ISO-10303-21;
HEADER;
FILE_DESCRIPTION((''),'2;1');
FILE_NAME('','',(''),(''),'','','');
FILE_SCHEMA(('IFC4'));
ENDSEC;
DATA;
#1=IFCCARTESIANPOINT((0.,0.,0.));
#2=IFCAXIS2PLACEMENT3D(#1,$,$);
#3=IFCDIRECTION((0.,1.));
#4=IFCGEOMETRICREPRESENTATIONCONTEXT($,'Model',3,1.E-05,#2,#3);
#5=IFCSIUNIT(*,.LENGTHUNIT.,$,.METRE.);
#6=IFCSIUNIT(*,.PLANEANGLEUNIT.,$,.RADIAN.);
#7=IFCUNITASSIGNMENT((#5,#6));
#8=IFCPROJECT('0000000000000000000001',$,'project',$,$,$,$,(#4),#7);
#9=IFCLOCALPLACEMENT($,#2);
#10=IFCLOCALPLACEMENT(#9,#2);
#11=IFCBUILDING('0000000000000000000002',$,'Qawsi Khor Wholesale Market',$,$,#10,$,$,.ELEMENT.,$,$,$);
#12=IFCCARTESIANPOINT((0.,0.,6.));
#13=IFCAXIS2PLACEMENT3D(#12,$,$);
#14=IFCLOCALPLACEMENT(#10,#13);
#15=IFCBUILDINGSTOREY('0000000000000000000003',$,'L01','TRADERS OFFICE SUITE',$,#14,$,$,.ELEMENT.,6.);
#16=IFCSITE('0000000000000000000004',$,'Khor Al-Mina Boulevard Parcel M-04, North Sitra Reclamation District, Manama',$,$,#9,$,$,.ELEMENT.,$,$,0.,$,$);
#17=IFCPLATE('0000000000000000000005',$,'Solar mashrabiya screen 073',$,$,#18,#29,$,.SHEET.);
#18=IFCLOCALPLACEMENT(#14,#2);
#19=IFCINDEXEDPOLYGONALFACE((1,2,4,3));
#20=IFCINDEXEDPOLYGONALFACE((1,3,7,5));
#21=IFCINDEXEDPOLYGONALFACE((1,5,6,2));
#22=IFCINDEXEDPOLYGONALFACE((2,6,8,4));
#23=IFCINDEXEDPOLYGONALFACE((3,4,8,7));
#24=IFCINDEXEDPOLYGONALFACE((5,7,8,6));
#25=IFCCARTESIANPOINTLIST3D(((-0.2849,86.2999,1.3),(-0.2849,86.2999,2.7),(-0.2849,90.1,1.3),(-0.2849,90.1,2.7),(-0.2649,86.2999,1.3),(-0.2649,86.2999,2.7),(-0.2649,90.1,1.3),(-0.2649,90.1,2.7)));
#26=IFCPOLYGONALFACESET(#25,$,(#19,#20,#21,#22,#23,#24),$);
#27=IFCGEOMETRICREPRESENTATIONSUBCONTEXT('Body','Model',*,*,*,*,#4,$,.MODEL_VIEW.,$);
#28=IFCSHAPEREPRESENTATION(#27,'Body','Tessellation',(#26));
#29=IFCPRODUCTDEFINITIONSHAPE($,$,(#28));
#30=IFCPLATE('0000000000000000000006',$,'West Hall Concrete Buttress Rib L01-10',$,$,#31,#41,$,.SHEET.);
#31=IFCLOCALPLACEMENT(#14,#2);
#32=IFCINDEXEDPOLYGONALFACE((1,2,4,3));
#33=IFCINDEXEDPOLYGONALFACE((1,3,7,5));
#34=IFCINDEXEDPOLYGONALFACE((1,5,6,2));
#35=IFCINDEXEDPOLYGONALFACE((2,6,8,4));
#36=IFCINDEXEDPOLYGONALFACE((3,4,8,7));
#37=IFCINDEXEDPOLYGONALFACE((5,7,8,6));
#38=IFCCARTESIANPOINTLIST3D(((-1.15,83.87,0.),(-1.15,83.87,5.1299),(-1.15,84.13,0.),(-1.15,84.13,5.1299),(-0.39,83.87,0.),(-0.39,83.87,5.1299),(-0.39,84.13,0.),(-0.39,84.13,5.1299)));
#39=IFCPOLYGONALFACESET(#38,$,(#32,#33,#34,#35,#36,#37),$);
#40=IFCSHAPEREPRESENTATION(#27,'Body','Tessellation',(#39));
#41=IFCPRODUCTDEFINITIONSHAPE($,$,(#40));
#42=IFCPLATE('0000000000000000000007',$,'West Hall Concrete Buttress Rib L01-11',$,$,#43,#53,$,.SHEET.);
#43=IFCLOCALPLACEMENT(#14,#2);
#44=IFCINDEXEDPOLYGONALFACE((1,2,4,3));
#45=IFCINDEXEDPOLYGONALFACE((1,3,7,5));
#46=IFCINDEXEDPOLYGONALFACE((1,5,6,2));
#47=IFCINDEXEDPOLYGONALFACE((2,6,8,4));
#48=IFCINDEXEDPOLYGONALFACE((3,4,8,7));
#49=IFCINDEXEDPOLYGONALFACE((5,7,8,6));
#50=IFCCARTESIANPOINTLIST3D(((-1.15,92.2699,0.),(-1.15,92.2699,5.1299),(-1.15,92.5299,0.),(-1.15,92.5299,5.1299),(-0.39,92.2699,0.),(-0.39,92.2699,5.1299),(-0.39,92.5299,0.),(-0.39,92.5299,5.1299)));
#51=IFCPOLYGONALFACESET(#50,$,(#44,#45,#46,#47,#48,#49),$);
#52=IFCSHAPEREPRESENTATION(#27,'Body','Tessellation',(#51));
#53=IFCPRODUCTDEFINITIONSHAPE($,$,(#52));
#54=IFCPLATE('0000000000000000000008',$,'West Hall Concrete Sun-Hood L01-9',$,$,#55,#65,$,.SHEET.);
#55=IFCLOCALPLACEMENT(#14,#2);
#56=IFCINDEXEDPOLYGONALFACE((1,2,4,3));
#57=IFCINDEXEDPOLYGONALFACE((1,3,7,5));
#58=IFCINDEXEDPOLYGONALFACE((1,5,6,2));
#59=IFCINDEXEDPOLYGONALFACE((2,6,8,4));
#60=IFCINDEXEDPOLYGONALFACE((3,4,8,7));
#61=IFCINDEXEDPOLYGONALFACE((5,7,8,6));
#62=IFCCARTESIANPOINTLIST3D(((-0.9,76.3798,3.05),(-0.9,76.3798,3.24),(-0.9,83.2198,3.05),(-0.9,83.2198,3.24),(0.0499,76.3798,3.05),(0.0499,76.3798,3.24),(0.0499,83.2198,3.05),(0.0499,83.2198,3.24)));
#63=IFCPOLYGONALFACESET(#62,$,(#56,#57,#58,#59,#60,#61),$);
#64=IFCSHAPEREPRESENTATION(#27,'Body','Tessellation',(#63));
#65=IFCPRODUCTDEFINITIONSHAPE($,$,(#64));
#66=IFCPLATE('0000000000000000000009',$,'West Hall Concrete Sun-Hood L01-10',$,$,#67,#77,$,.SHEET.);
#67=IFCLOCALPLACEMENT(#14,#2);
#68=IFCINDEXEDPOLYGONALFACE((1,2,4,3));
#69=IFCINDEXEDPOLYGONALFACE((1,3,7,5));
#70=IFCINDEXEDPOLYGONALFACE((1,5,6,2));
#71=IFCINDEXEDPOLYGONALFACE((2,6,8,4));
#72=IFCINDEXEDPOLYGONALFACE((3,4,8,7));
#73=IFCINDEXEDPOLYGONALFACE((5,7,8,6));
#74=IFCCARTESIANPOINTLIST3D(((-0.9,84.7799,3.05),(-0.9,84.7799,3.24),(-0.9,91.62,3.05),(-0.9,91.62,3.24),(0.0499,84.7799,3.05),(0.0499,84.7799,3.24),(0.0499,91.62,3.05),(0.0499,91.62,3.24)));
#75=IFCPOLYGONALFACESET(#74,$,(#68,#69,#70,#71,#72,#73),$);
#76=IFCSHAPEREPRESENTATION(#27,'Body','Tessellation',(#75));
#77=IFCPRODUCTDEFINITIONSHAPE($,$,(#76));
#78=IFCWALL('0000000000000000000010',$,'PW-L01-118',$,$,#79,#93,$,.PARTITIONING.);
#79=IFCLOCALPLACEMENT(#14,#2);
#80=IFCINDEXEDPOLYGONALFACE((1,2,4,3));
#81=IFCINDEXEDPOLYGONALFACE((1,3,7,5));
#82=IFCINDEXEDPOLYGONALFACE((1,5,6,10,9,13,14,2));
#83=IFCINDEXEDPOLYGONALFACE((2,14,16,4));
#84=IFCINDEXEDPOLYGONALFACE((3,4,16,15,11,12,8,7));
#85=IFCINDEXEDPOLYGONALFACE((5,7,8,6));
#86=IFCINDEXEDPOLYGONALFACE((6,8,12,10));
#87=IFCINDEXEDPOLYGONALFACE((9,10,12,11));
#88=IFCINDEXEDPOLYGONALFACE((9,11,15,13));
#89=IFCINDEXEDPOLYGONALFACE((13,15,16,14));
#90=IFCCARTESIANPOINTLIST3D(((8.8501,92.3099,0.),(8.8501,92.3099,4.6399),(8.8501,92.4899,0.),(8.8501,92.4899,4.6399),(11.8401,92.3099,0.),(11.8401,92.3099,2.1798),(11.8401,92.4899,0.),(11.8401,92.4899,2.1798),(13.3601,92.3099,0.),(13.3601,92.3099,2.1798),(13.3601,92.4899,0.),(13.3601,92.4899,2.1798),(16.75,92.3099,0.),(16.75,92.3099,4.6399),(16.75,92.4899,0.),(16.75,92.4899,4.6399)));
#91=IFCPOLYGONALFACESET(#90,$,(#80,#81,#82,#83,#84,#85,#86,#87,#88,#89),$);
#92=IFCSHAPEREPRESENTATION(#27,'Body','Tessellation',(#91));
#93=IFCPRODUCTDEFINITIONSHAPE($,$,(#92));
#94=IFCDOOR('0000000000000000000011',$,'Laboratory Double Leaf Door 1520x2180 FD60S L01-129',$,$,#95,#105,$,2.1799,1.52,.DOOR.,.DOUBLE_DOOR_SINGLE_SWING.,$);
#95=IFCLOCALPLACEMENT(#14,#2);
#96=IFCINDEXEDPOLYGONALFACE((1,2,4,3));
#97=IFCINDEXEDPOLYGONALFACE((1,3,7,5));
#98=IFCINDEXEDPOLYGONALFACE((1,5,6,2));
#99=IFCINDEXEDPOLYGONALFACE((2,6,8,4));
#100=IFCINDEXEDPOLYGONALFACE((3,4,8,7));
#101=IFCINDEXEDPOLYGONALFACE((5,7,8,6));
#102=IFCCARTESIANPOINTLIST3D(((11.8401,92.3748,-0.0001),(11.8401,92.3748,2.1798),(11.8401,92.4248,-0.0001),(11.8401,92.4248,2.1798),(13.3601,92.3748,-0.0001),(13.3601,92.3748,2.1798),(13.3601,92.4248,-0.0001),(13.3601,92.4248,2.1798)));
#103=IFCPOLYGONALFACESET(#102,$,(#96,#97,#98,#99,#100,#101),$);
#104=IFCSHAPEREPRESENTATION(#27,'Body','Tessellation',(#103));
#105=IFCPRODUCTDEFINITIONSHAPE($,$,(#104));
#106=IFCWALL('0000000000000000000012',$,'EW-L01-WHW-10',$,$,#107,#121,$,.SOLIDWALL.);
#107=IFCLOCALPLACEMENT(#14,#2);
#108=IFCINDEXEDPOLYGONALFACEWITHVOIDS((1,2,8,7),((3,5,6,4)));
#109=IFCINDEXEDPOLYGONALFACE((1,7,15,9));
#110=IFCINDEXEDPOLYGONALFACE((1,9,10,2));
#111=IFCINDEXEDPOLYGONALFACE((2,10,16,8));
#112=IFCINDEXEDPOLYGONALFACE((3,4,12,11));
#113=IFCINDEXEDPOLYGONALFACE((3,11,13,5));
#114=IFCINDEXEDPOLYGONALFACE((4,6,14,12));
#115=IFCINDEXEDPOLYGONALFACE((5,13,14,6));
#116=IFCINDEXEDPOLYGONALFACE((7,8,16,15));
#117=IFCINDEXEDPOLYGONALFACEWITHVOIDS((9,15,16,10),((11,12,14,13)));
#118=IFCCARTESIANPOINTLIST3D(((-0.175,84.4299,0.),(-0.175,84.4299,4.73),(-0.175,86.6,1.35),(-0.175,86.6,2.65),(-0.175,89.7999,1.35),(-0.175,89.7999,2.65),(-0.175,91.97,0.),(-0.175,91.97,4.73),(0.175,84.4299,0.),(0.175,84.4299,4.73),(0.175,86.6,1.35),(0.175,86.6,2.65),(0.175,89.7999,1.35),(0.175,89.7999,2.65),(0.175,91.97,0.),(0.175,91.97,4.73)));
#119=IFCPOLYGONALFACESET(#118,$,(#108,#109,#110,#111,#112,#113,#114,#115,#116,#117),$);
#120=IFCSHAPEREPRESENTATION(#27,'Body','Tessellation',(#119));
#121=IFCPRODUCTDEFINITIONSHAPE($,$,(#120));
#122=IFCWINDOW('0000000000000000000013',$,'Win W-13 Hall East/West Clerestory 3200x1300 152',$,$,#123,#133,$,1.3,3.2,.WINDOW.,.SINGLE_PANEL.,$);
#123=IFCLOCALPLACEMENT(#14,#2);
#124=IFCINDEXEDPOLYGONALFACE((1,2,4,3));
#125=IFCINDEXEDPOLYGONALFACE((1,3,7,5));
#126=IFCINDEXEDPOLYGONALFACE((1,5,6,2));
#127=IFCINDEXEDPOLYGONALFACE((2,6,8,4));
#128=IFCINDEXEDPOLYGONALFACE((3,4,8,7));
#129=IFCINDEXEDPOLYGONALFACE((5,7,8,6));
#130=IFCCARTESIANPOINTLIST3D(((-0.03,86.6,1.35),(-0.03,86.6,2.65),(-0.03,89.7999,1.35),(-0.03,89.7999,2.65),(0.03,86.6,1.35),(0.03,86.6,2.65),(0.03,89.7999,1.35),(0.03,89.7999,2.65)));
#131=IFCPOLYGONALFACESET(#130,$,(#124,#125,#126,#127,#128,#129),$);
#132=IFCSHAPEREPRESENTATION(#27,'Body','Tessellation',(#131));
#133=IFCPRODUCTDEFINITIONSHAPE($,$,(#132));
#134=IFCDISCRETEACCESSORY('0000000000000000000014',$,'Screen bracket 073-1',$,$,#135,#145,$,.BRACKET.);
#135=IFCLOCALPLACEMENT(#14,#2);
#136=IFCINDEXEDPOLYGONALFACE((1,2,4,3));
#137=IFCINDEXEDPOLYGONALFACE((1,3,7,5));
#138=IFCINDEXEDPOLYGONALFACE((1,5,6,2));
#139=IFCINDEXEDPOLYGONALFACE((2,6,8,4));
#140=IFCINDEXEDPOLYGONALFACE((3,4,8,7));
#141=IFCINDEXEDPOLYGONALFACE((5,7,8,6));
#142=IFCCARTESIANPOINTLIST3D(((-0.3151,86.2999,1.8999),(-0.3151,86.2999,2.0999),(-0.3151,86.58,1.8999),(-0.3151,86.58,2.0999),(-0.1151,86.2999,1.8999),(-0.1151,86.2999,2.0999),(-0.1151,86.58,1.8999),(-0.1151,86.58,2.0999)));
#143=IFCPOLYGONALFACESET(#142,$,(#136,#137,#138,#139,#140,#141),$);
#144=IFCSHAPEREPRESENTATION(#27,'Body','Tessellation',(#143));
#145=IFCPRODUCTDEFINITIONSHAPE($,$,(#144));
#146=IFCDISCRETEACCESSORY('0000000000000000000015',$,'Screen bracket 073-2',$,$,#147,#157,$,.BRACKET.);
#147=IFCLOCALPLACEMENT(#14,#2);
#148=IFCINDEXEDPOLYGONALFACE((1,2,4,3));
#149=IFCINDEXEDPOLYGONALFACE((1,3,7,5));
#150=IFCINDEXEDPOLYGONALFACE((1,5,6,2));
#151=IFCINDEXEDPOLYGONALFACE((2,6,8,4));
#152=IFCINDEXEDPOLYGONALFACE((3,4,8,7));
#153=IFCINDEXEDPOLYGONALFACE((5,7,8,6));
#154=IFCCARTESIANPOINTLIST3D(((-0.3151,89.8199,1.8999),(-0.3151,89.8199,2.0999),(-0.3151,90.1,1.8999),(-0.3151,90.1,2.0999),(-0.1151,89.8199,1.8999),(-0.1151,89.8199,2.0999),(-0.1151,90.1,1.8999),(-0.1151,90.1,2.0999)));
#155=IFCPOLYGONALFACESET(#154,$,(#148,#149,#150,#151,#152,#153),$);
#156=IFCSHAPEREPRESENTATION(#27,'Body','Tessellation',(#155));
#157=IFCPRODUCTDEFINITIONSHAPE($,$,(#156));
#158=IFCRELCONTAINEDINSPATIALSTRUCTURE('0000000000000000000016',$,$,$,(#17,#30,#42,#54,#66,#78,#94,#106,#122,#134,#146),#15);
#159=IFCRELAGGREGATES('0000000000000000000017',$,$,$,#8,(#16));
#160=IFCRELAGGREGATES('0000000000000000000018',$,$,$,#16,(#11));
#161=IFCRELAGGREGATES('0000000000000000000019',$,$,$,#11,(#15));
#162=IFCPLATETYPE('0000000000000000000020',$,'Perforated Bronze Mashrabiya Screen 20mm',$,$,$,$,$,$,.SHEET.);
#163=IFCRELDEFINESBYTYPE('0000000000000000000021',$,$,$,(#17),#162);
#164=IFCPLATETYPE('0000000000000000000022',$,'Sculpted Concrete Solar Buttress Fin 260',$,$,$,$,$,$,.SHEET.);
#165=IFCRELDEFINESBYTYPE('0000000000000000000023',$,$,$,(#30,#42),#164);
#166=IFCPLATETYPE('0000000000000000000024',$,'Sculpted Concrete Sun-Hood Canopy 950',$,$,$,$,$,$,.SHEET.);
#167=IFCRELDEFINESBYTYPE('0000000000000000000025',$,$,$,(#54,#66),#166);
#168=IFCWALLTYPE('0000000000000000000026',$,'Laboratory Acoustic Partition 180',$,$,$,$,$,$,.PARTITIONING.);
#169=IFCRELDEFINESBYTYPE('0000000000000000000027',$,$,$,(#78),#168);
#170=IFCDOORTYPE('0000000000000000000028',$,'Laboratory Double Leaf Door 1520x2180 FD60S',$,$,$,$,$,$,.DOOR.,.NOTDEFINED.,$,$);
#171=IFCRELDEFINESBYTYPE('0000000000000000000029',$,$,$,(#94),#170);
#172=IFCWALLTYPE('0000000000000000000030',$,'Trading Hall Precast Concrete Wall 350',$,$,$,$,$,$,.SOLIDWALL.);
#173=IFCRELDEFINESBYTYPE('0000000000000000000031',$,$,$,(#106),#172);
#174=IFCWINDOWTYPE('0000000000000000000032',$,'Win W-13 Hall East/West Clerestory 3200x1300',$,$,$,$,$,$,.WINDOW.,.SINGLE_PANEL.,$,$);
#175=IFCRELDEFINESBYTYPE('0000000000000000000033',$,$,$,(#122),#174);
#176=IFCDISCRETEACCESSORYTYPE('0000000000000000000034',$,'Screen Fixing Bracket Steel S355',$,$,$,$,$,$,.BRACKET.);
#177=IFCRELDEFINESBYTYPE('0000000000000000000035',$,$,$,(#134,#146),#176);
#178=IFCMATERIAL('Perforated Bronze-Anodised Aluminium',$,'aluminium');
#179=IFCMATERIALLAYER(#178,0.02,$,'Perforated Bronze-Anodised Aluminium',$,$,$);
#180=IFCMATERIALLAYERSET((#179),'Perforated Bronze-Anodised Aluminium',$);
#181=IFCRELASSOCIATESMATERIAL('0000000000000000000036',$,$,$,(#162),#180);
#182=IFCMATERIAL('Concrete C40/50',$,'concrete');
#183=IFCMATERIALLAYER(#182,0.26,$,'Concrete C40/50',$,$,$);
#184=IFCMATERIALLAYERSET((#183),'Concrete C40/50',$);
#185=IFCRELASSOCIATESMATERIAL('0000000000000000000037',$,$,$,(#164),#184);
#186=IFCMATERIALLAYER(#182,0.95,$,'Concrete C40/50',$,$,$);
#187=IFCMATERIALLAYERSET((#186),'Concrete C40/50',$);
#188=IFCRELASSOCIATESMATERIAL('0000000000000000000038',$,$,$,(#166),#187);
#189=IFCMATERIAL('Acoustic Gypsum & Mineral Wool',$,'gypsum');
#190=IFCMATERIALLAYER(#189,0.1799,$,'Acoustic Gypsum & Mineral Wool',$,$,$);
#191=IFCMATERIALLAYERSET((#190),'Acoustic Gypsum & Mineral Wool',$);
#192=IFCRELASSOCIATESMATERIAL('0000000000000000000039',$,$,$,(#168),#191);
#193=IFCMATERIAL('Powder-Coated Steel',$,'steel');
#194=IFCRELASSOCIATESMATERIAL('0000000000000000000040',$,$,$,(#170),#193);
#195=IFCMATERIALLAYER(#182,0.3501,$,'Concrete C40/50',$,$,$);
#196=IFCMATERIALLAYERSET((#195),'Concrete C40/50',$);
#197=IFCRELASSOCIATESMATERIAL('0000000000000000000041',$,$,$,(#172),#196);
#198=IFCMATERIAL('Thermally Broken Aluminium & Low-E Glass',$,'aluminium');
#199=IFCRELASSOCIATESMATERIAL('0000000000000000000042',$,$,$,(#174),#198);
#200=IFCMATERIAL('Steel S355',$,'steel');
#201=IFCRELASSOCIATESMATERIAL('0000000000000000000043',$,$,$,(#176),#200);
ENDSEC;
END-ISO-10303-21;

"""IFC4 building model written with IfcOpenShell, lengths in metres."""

from ifc_helpers import new_model, si_unit, direction, frame, frame_2d, origin, origin_2d, place, context, subcontext, project, spatial, rectangle, extrude, material, layer, layer_set, type_object, element, fill, save


model = new_model("IFC4")

# Units and contexts
model_context = context("Model", 3, precision=1e-05, world=origin(), true_north=direction((0.0, 1.0)))
body_context = subcontext(model_context, "Body", "Model", "MODEL_VIEW")
ifc_project = project(units=[si_unit("LENGTHUNIT", "METRE"), si_unit("PLANEANGLEUNIT", "RADIAN")], contexts=[model_context])

# Site, building, storey
site_placement = place(None, origin())
site = spatial("IfcSite", under=ifc_project, at=site_placement, Name="Khor Al-Mina Boulevard Parcel M-04, North Sitra Reclamation District, Manama", CompositionType="ELEMENT", RefElevation=0.0)
building_placement = place(site_placement, origin())
building = spatial("IfcBuilding", under=site, at=building_placement, Name="Qawsi Khor Wholesale Market", CompositionType="ELEMENT")
storey_placement = place(building_placement, frame((0.0, 0.0, 6.0)))
storey = spatial("IfcBuildingStorey", under=building, at=storey_placement, Name="L01", Description="TRADERS OFFICE SUITE", CompositionType="ELEMENT", Elevation=6.0)

# Shared definitions
ifc_material_1 = material(Name="Concrete C40/50", Category="concrete")

# Shared definitions
ifc_material_2 = material(Name="Steel S355", Category="steel")

# Plates
ifc_material_3 = material(Name="Perforated Bronze-Anodised Aluminium", Category="aluminium")
ifc_layer_1 = layer(ifc_material_3, 0.02, Name="Perforated Bronze-Anodised Aluminium")
ifc_layer_set_1 = layer_set([ifc_layer_1], Name="Perforated Bronze-Anodised Aluminium")
plate_type_1 = type_object("IfcPlateType", Name="Perforated Bronze Mashrabiya Screen 20mm", PredefinedType="SHEET", material=ifc_layer_set_1)
plate_placement = place(storey_placement, frame((-0.2749, 86.3, 1.3), z_axis=(0.0, 0.0, 1.0), x_axis=(0.0, 1.0, 0.0)))
element("IfcPlate", 1, at=plate_placement, inside=storey, type_object=plate_type_1, Name="Solar mashrabiya screen 073", PredefinedType="SHEET", context=body_context, shape_type="SweptSolid", body=[
    extrude(rectangle(XDim=3.8, YDim=0.02, at=frame_2d((1.8999, 0.0))), origin(), (0.0, 0.0, 1.0), 1.3999),
])
ifc_layer_2 = layer(ifc_material_1, 0.26, Name="Concrete C40/50")
ifc_layer_set_2 = layer_set([ifc_layer_2], Name="Concrete C40/50")
plate_type_2 = type_object("IfcPlateType", Name="Sculpted Concrete Solar Buttress Fin 260", PredefinedType="SHEET", material=ifc_layer_set_2)
for number, where, z_axis, x_axis, name in (
    (2, (-1.1499, 84.0, 0.0), (0.0, 0.0, 1.0), (1.0, 0.0, 0.0), "West Hall Concrete Buttress Rib L01-10"),
    (3, (-1.1499, 92.3999, 0.0), (0.0, 0.0, 1.0), (1.0, 0.0, 0.0), "West Hall Concrete Buttress Rib L01-11"),
):
    element("IfcPlate", number, at=place(storey_placement, frame(where, z_axis=z_axis, x_axis=x_axis)), inside=storey, type_object=plate_type_2, Name=name, PredefinedType="SHEET", context=body_context, shape_type="SweptSolid", body=[
        extrude(rectangle(XDim=0.76, YDim=0.26, at=frame_2d((0.3799, 0.0))), origin(), (0.0, 0.0, 1.0), 5.1299),
    ])
ifc_layer_3 = layer(ifc_material_1, 0.95, Name="Concrete C40/50")
ifc_layer_set_3 = layer_set([ifc_layer_3], Name="Concrete C40/50")
plate_type_3 = type_object("IfcPlateType", Name="Sculpted Concrete Sun-Hood Canopy 950", PredefinedType="SHEET", material=ifc_layer_set_3)
for number, where, z_axis, x_axis, name in (
    (4, (-0.425, 76.3799, 3.05), (0.0, 0.0, 1.0), (0.0, 1.0, 0.0), "West Hall Concrete Sun-Hood L01-9"),
    (5, (-0.425, 84.78, 3.05), (0.0, 0.0, 1.0), (0.0, 1.0, 0.0), "West Hall Concrete Sun-Hood L01-10"),
):
    element("IfcPlate", number, at=place(storey_placement, frame(where, z_axis=z_axis, x_axis=x_axis)), inside=storey, type_object=plate_type_3, Name=name, PredefinedType="SHEET", context=body_context, shape_type="SweptSolid", body=[
        extrude(rectangle(XDim=6.8401, YDim=0.95, at=frame_2d((3.4199, 0.0))), origin(), (0.0, 0.0, 1.0), 0.1899),
    ])

# Wall, opening, door
ifc_material_4 = material(Name="Acoustic Gypsum & Mineral Wool", Category="gypsum")
ifc_layer_4 = layer(ifc_material_4, 0.1799, Name="Acoustic Gypsum & Mineral Wool")
ifc_layer_set_4 = layer_set([ifc_layer_4], Name="Acoustic Gypsum & Mineral Wool")
wall_type_1 = type_object("IfcWallType", Name="Laboratory Acoustic Partition 180", PredefinedType="PARTITIONING", material=ifc_layer_set_4)
wall_1_placement = place(storey_placement, frame((8.8501, 92.3999, 0.0), z_axis=(0.0, 0.0, 1.0), x_axis=(1.0, 0.0, 0.0)))
wall_1 = element("IfcWall", 6, at=wall_1_placement, inside=storey, type_object=wall_type_1, Name="PW-L01-118", PredefinedType="PARTITIONING", context=body_context, shape_type="SweptSolid", body=[
    extrude(rectangle(XDim=7.8999, YDim=0.1799, at=frame_2d((3.95, 0.0))), origin(), (0.0, 0.0, 1.0), 4.6399),
])
opening_1_placement = place(wall_1_placement, frame((2.99, 0.0, 0.0)))
opening_1 = element("IfcOpeningElement", 7, at=opening_1_placement, cuts=wall_1, PredefinedType="OPENING", context=body_context, shape_type="SweptSolid", body=[
    extrude(rectangle(XDim=1.52, YDim=2.1799, at=frame_2d((0.76, 1.0898))), frame((0.0, 0.0999, 0.0), z_axis=(0.0, -1.0, 0.0), x_axis=(1.0, 0.0, 0.0)), (0.0, 0.0, 1.0), 0.2),
])
ifc_material_5 = material(Name="Powder-Coated Steel", Category="steel")
door_type = type_object("IfcDoorType", Name="Laboratory Double Leaf Door 1520x2180 FD60S", OperationType="NOTDEFINED", PredefinedType="DOOR", material=ifc_material_5)
door_placement = place(opening_1_placement, origin())
door = element("IfcDoor", 8, at=door_placement, inside=storey, type_object=door_type, Name="Laboratory Double Leaf Door 1520x2180 FD60S L01-129", OperationType="DOUBLE_DOOR_SINGLE_SWING", OverallHeight=2.1799, OverallWidth=1.52, PredefinedType="DOOR", context=body_context, shape_type="SweptSolid", body=[
    extrude(rectangle(XDim=1.52, YDim=2.1799, at=frame_2d((0.76, 1.0898))), frame((0.0, 0.0249, 0.0), z_axis=(0.0, -1.0, 0.0), x_axis=(1.0, 0.0, 0.0)), (0.0, 0.0, 1.0), 0.05),
])
fill(opening_1, door)

# Wall, opening, window
ifc_layer_5 = layer(ifc_material_1, 0.3501, Name="Concrete C40/50")
ifc_layer_set_5 = layer_set([ifc_layer_5], Name="Concrete C40/50")
wall_type_2 = type_object("IfcWallType", Name="Trading Hall Precast Concrete Wall 350", PredefinedType="SOLIDWALL", material=ifc_layer_set_5)
wall_2_placement = place(storey_placement, frame((0.0, 84.4299, 0.0), z_axis=(0.0, 0.0, 1.0), x_axis=(0.0, 1.0, 0.0)))
wall_2 = element("IfcWall", 9, at=wall_2_placement, inside=storey, type_object=wall_type_2, Name="EW-L01-WHW-10", PredefinedType="SOLIDWALL", context=body_context, shape_type="SweptSolid", body=[
    extrude(rectangle(XDim=7.54, YDim=0.3501, at=frame_2d((3.77, 0.0))), origin(), (0.0, 0.0, 1.0), 4.73),
])
opening_2_placement = place(wall_2_placement, frame((2.1699, 0.0, 1.3501)))
opening_2 = element("IfcOpeningElement", 10, at=opening_2_placement, cuts=wall_2, PredefinedType="OPENING", context=body_context, shape_type="SweptSolid", body=[
    extrude(rectangle(XDim=3.2, YDim=1.3, at=frame_2d((1.6001, 0.6499))), frame((0.0, 0.1851, 0.0), z_axis=(0.0, -1.0, 0.0), x_axis=(1.0, 0.0, 0.0)), (0.0, 0.0, 1.0), 0.3701),
])
ifc_material_6 = material(Name="Thermally Broken Aluminium & Low-E Glass", Category="aluminium")
window_type = type_object("IfcWindowType", Name="Win W-13 Hall East/West Clerestory 3200x1300", PartitioningType="SINGLE_PANEL", PredefinedType="WINDOW", material=ifc_material_6)
window_placement = place(opening_2_placement, origin())
window = element("IfcWindow", 11, at=window_placement, inside=storey, type_object=window_type, Name="Win W-13 Hall East/West Clerestory 3200x1300 152", OverallHeight=1.3, OverallWidth=3.2, PartitioningType="SINGLE_PANEL", PredefinedType="WINDOW", context=body_context, shape_type="SweptSolid", body=[
    extrude(rectangle(XDim=3.2, YDim=1.3, at=frame_2d((1.6001, 0.6499))), frame((0.0, 0.03, 0.0), z_axis=(0.0, -1.0, 0.0), x_axis=(1.0, 0.0, 0.0)), (0.0, 0.0, 1.0), 0.0601),
])
fill(opening_2, window)

# Discrete accessories
discrete_accessory_type = type_object("IfcDiscreteAccessoryType", Name="Screen Fixing Bracket Steel S355", PredefinedType="BRACKET", material=ifc_material_2)
for number, where, z_axis, x_axis, name in (
    (12, (-0.2151, 86.4399, 1.8999), (0.0, 0.0, 1.0), (1.0, 0.0, 0.0), "Screen bracket 073-1"),
    (13, (-0.2151, 89.96, 1.8999), (0.0, 0.0, 1.0), (1.0, 0.0, 0.0), "Screen bracket 073-2"),
):
    element("IfcDiscreteAccessory", number, at=place(storey_placement, frame(where, z_axis=z_axis, x_axis=x_axis)), inside=storey, type_object=discrete_accessory_type, Name=name, PredefinedType="BRACKET", context=body_context, shape_type="SweptSolid", body=[
        extrude(rectangle(XDim=0.2, YDim=0.28, at=origin_2d()), origin(), (0.0, 0.0, 1.0), 0.2),
    ])

save(model, "model.ifc")
